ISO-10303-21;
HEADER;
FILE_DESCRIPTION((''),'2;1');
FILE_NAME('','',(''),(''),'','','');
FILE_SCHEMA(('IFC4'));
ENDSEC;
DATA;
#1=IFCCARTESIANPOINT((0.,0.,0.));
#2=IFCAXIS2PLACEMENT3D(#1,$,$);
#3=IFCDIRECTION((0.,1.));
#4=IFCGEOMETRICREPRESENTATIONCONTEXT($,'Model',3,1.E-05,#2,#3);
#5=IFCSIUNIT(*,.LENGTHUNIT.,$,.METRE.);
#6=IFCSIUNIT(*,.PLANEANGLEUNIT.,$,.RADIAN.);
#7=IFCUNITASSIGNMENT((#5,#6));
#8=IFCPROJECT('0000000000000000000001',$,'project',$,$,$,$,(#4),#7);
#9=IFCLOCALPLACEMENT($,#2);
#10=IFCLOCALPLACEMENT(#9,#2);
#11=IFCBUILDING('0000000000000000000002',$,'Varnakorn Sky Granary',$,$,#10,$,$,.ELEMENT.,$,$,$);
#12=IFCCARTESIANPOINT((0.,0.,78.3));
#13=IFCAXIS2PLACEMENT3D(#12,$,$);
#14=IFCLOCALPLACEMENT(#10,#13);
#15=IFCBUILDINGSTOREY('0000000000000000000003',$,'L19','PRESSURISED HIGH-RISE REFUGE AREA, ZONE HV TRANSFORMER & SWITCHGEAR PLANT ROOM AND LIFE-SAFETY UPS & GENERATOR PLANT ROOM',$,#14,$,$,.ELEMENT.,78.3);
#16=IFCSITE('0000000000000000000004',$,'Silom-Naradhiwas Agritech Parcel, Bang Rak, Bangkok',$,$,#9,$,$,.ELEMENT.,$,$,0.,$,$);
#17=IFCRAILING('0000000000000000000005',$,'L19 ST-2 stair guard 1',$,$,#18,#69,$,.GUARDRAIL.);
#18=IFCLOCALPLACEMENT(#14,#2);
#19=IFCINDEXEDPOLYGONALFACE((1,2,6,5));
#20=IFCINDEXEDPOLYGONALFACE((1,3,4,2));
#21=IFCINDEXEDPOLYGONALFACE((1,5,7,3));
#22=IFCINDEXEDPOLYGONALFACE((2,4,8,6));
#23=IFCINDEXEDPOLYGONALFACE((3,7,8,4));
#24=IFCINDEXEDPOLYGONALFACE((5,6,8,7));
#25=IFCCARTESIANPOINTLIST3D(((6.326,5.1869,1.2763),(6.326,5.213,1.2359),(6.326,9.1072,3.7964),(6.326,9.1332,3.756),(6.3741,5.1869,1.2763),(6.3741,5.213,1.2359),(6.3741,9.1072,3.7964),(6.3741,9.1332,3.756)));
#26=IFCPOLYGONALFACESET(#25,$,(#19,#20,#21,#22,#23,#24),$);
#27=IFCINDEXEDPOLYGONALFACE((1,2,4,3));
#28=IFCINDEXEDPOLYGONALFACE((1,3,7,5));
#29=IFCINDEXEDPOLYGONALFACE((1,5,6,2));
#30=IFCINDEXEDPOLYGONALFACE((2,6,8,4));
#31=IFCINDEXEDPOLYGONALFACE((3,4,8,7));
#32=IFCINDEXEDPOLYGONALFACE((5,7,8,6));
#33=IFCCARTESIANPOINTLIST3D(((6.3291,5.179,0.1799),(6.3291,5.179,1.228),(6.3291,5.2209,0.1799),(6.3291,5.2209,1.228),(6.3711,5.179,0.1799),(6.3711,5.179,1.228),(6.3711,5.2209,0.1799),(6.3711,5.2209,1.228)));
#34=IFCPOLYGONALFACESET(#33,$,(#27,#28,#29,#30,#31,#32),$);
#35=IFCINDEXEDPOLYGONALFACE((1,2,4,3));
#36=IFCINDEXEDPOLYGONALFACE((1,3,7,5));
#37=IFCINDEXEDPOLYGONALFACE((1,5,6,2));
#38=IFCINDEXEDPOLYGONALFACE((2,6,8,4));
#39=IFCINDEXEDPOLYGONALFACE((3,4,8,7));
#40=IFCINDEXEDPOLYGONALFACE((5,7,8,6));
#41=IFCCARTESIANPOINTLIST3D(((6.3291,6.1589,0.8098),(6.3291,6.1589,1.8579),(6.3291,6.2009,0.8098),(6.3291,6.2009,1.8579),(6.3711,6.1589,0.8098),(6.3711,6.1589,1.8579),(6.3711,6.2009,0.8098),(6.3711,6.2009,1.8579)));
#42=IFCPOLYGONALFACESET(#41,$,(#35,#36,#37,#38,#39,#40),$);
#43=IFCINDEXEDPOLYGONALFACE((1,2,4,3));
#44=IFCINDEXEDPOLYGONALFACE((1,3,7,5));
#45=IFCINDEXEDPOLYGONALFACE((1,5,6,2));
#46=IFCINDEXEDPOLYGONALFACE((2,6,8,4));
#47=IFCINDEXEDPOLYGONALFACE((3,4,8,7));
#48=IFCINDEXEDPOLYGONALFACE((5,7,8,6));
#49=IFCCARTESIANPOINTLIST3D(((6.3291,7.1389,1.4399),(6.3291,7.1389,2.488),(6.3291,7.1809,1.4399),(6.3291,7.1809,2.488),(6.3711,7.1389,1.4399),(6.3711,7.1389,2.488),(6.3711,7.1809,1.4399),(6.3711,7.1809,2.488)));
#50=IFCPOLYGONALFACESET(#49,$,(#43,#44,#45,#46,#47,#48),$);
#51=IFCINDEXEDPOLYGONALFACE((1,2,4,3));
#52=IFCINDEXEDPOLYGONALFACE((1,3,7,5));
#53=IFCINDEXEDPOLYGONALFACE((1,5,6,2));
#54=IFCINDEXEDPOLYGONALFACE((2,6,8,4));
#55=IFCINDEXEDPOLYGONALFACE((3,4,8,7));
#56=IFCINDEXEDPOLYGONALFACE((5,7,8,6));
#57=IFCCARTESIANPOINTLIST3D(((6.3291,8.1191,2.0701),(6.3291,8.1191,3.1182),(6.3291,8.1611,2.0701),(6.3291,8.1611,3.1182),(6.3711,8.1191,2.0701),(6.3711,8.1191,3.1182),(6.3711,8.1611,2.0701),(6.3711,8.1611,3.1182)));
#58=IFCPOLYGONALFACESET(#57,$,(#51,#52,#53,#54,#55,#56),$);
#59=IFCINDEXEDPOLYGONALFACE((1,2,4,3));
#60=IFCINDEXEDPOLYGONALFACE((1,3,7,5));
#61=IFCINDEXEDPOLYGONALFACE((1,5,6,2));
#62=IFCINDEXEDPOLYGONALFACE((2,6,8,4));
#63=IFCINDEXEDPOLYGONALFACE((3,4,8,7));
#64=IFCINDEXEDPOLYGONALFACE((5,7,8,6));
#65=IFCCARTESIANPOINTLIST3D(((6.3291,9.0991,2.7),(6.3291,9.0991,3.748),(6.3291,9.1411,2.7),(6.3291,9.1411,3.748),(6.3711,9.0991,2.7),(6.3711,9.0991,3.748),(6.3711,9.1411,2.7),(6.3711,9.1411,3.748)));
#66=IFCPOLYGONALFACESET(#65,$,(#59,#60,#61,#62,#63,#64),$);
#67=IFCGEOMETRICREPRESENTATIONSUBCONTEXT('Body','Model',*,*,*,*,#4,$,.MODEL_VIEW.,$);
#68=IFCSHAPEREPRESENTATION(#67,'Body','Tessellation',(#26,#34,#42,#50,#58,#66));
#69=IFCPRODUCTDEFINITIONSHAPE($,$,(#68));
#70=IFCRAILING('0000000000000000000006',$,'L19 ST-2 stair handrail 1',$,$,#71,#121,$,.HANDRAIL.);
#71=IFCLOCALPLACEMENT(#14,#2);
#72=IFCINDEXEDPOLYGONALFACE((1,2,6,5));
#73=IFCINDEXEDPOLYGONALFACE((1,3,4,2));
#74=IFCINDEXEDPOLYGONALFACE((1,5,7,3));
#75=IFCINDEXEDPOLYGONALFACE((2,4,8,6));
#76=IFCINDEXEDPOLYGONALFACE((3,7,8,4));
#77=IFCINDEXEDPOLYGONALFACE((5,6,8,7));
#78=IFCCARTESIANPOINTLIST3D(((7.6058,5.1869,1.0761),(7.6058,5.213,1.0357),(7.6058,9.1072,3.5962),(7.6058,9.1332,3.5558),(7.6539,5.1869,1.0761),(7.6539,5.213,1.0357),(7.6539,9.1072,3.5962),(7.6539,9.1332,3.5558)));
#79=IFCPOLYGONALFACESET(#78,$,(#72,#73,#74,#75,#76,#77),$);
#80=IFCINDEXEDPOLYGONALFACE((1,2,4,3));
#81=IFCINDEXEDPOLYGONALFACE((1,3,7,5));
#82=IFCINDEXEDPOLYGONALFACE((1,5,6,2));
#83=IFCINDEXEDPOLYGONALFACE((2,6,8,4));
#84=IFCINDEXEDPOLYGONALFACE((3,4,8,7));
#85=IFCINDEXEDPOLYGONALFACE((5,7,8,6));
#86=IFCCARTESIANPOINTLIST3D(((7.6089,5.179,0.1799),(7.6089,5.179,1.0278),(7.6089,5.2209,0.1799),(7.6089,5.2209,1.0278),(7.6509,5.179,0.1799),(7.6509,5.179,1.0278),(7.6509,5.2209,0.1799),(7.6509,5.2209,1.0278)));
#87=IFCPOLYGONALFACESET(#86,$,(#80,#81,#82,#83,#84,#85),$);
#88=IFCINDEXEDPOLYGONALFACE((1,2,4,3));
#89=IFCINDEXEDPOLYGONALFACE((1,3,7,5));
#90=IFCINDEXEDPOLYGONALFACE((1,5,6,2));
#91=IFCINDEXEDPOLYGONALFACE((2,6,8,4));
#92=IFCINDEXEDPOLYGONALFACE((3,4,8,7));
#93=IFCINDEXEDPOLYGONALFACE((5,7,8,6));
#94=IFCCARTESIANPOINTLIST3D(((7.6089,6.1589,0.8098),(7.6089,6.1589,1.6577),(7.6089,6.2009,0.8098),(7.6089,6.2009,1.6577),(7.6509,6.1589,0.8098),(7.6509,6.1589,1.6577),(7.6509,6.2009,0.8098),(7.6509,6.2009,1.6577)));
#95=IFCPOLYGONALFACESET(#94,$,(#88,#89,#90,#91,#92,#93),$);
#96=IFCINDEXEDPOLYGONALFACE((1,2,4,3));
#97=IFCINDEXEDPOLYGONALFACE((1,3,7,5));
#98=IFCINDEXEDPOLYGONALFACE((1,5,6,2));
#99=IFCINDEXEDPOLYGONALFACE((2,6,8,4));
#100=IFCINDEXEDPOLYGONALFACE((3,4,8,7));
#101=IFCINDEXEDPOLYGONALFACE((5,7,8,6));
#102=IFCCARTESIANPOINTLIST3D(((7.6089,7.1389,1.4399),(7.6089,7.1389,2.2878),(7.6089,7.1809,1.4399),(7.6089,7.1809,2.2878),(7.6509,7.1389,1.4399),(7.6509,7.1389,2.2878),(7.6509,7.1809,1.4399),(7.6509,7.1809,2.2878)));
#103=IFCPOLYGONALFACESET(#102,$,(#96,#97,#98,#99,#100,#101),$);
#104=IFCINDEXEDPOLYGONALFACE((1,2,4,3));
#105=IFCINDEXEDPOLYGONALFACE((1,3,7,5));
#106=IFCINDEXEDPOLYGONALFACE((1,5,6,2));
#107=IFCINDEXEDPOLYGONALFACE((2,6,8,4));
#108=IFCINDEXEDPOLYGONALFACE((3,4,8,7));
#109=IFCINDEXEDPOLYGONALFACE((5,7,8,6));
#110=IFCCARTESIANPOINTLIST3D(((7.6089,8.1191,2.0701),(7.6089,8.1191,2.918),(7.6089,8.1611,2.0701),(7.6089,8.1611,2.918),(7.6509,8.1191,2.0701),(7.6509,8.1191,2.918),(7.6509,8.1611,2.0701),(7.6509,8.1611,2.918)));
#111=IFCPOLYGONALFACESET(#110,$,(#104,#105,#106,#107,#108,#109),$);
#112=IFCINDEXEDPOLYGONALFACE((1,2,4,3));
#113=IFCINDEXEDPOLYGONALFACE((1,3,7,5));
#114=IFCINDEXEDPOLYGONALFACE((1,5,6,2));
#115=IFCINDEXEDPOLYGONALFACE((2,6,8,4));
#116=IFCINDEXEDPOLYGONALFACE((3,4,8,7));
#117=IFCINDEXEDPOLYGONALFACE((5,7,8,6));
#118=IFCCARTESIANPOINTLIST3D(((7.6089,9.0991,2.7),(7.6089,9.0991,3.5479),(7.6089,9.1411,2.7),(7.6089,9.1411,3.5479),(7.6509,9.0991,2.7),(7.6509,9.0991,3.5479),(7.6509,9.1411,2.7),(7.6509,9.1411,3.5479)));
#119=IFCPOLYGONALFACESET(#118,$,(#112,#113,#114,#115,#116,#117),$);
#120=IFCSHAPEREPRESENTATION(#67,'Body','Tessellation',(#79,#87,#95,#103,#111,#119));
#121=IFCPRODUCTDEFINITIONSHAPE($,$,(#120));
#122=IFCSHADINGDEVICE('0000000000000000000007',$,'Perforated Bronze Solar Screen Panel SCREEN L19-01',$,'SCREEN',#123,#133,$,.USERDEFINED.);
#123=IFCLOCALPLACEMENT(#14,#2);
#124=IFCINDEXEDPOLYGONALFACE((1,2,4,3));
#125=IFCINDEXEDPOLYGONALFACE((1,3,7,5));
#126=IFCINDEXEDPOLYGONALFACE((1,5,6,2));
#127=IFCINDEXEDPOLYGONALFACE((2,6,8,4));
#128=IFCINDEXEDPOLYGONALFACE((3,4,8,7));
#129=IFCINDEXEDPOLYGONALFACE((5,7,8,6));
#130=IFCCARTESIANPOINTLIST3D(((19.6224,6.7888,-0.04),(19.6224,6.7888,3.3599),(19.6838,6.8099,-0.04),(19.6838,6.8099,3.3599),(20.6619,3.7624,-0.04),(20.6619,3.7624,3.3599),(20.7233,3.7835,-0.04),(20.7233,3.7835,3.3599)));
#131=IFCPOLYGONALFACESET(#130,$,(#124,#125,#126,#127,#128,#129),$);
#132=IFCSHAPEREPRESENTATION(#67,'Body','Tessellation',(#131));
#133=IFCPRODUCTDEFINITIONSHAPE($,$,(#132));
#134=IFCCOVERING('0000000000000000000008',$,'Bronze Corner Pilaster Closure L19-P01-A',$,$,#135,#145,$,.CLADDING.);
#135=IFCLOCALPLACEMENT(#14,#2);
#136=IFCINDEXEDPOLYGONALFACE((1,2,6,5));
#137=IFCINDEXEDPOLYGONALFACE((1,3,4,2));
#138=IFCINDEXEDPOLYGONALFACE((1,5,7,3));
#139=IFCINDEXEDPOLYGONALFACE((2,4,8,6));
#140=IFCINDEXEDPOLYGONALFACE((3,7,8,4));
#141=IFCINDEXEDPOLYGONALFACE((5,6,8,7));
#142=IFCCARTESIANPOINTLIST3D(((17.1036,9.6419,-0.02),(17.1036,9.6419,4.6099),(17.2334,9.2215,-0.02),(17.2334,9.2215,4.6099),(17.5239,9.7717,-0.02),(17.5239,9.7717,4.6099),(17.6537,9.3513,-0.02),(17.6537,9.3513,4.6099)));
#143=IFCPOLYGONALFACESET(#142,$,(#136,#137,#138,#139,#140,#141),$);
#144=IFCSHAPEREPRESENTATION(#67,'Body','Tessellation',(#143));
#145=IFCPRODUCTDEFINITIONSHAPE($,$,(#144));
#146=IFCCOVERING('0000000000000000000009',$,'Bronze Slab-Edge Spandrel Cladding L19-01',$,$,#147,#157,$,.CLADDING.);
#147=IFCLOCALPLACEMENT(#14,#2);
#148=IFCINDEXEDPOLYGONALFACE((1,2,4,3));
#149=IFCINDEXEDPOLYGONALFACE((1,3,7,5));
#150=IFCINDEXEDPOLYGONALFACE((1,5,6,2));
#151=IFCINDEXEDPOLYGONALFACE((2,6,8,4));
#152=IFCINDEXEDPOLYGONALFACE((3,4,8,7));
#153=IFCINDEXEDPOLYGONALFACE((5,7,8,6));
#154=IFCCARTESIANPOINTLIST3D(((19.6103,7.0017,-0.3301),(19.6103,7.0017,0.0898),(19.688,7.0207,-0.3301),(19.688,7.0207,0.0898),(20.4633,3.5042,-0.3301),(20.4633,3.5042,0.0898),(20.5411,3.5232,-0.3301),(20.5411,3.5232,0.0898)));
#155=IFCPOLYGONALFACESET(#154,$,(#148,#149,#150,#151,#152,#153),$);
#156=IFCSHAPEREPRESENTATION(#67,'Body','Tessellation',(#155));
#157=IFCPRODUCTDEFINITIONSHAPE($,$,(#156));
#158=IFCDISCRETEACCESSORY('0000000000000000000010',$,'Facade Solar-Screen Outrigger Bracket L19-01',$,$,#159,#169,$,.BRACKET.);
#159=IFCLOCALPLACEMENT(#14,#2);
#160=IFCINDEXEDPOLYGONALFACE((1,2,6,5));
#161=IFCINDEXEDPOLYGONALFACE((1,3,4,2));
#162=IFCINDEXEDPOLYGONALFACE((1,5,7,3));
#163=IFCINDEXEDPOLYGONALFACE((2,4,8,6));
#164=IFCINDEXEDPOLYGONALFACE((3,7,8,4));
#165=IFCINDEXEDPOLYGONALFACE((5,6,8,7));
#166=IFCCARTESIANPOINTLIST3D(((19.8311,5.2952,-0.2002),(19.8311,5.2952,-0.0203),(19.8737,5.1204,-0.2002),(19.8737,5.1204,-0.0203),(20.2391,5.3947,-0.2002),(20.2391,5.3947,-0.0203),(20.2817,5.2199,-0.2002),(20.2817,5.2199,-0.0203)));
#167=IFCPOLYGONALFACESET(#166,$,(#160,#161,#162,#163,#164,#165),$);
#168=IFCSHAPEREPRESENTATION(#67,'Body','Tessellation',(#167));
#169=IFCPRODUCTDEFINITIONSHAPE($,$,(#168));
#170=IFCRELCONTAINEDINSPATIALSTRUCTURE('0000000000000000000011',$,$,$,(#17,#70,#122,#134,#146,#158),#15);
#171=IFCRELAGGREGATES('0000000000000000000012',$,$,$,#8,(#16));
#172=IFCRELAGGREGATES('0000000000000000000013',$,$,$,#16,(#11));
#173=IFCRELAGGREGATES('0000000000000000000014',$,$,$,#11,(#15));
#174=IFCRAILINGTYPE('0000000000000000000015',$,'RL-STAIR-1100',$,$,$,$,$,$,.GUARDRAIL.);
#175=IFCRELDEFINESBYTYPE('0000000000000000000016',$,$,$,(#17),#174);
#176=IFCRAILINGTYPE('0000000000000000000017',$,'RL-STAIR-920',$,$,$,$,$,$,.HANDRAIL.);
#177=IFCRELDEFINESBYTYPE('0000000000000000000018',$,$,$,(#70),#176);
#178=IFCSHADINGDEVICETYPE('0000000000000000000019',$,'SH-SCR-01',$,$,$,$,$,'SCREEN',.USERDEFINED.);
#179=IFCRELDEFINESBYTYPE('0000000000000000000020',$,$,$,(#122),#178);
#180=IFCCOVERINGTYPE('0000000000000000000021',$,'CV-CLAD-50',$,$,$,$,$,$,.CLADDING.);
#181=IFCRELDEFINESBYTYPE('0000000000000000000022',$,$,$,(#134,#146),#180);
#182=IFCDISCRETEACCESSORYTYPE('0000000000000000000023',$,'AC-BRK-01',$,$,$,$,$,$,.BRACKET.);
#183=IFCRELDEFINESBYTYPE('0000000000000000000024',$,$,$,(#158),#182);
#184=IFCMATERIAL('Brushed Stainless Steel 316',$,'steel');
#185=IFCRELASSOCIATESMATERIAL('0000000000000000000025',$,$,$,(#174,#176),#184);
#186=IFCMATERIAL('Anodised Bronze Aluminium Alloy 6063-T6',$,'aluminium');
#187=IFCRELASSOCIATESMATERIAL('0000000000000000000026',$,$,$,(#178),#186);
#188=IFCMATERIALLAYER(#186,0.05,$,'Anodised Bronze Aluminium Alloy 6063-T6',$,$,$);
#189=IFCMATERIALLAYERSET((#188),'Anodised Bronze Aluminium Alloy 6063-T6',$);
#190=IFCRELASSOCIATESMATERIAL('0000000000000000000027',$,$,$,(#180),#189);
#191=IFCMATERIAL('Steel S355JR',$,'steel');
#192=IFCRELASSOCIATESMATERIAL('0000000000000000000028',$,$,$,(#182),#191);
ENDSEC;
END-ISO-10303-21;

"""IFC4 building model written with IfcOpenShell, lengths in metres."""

from ifc_helpers import new_model, si_unit, direction, frame, origin, origin_2d, place, context, subcontext, project, spatial, rectangle, extrude, source, transform, mapped, material, layer, layer_set, type_object, type_shapes, element, save


model = new_model("IFC4")

# Units and contexts
model_context = context("Model", 3, precision=1e-05, world=origin(), true_north=direction((0.0, 1.0)))
body_context = subcontext(model_context, "Body", "Model", "MODEL_VIEW")
ifc_project = project(units=[si_unit("LENGTHUNIT", "METRE"), si_unit("PLANEANGLEUNIT", "RADIAN")], contexts=[model_context])

# Site, building, storey
site_placement = place(None, origin())
site = spatial("IfcSite", under=ifc_project, at=site_placement, Name="Silom-Naradhiwas Agritech Parcel, Bang Rak, Bangkok", CompositionType="ELEMENT", RefElevation=0.0)
building_placement = place(site_placement, origin())
building = spatial("IfcBuilding", under=site, at=building_placement, Name="Varnakorn Sky Granary", CompositionType="ELEMENT")
storey_placement = place(building_placement, frame((0.0, 0.0, 78.3)))
storey = spatial("IfcBuildingStorey", under=building, at=storey_placement, Name="L19", Description="PRESSURISED HIGH-RISE REFUGE AREA, ZONE HV TRANSFORMER & SWITCHGEAR PLANT ROOM AND LIFE-SAFETY UPS & GENERATOR PLANT ROOM", CompositionType="ELEMENT", Elevation=78.3)

# Railings
ifc_material_1 = material(Name="Brushed Stainless Steel 316", Category="steel")
railing_type_1 = type_object("IfcRailingType", Name="RL-STAIR-1100", PredefinedType="GUARDRAIL", material=ifc_material_1)
railing_1_placement = place(storey_placement, frame((6.3501, 5.2, 0.1799)))
element("IfcRailing", 1, at=railing_1_placement, inside=storey, type_object=railing_type_1, Name="L19 ST-2 stair guard 1", PredefinedType="GUARDRAIL", context=body_context, shape_type="SweptSolid", body=[
    extrude(rectangle(XDim=0.0481, YDim=0.0481, at=origin_2d()), frame((0.0, 0.0, 1.0762), z_axis=(0.0, 0.841187, 0.540744), x_axis=(-1.0, 0.0, 0.0)), (0.0, 0.0, 1.0), 4.6604),
    extrude(rectangle(XDim=0.042, YDim=0.042, at=origin_2d()), origin(), (0.0, 0.0, 1.0), 1.0481),
    extrude(rectangle(XDim=0.042, YDim=0.042, at=origin_2d()), frame((0.0, 0.98, 0.6299)), (0.0, 0.0, 1.0), 1.0481),
    extrude(rectangle(XDim=0.042, YDim=0.042, at=origin_2d()), frame((0.0, 1.96, 1.26)), (0.0, 0.0, 1.0), 1.0481),
    extrude(rectangle(XDim=0.042, YDim=0.042, at=origin_2d()), frame((0.0, 2.9402, 1.8901)), (0.0, 0.0, 1.0), 1.0481),
    extrude(rectangle(XDim=0.042, YDim=0.042, at=origin_2d()), frame((0.0, 3.9202, 2.52)), (0.0, 0.0, 1.0), 1.0481),
])
railing_type_2 = type_object("IfcRailingType", Name="RL-STAIR-920", PredefinedType="HANDRAIL", material=ifc_material_1)
railing_2_placement = place(storey_placement, frame((7.6299, 5.2, 0.1799)))
element("IfcRailing", 2, at=railing_2_placement, inside=storey, type_object=railing_type_2, Name="L19 ST-2 stair handrail 1", PredefinedType="HANDRAIL", context=body_context, shape_type="SweptSolid", body=[
    extrude(rectangle(XDim=0.0481, YDim=0.0481, at=origin_2d()), frame((0.0, 0.0, 0.876), z_axis=(0.0, 0.841187, 0.540744), x_axis=(-1.0, 0.0, 0.0)), (0.0, 0.0, 1.0), 4.6604),
    extrude(rectangle(XDim=0.042, YDim=0.042, at=origin_2d()), origin(), (0.0, 0.0, 1.0), 0.8479),
    extrude(rectangle(XDim=0.042, YDim=0.042, at=origin_2d()), frame((0.0, 0.98, 0.6299)), (0.0, 0.0, 1.0), 0.8479),
    extrude(rectangle(XDim=0.042, YDim=0.042, at=origin_2d()), frame((0.0, 1.96, 1.26)), (0.0, 0.0, 1.0), 0.8479),
    extrude(rectangle(XDim=0.042, YDim=0.042, at=origin_2d()), frame((0.0, 2.9402, 1.8901)), (0.0, 0.0, 1.0), 0.8479),
    extrude(rectangle(XDim=0.042, YDim=0.042, at=origin_2d()), frame((0.0, 3.9202, 2.52)), (0.0, 0.0, 1.0), 0.8479),
])

# Shading device
ifc_material_2 = material(Name="Anodised Bronze Aluminium Alloy 6063-T6", Category="aluminium")
shading_device_type = type_object("IfcShadingDeviceType", Name="SH-SCR-01", ElementType="SCREEN", PredefinedType="USERDEFINED", material=ifc_material_2)
shared_shape_1 = source(origin(), body_context, "Body", "SweptSolid", [
    extrude(rectangle(XDim=3.2, YDim=0.0649, at=origin_2d()), origin(), (0.0, 0.0, 1.0), 3.3999),
])
type_shapes(shading_device_type, [shared_shape_1])
shading_device_placement = place(storey_placement, frame((20.1729, 5.2861, -0.04), z_axis=(0.0, 0.0, 1.0), x_axis=(-0.324858, 0.945763, 0.0)))
element("IfcShadingDevice", 3, at=shading_device_placement, inside=storey, type_object=shading_device_type, Name="Perforated Bronze Solar Screen Panel SCREEN L19-01", ObjectType="SCREEN", PredefinedType="USERDEFINED", context=body_context, shape_type="MappedRepresentation", body=[
    mapped(shared_shape_1, transform((0.0, 0.0, 0.0), x_axis=(1.0, 0.0, 0.0), y_axis=(0.0, 1.0, 0.0), z_axis=(0.0, 0.0, 1.0), scale=1.0)),
])

# Coverings
ifc_layer_1 = layer(ifc_material_2, 0.05, Name="Anodised Bronze Aluminium Alloy 6063-T6")
ifc_layer_set_1 = layer_set([ifc_layer_1], Name="Anodised Bronze Aluminium Alloy 6063-T6")
covering_type = type_object("IfcCoveringType", Name="CV-CLAD-50", PredefinedType="CLADDING", material=ifc_layer_set_1)
shared_shape_2 = source(origin(), body_context, "Body", "SweptSolid", [
    extrude(rectangle(XDim=0.4399, YDim=0.4399, at=origin_2d()), origin(), (0.0, 0.0, 1.0), 4.6299),
])
covering_1_placement = place(storey_placement, frame((17.3787, 9.4966, -0.02), z_axis=(0.0, 0.0, 1.0), x_axis=(0.295041, -0.955485, 0.0)))
element("IfcCovering", 4, at=covering_1_placement, inside=storey, type_object=covering_type, Name="Bronze Corner Pilaster Closure L19-P01-A", PredefinedType="CLADDING", context=body_context, shape_type="MappedRepresentation", body=[
    mapped(shared_shape_2, transform((0.0, 0.0, 0.0), x_axis=(1.0, 0.0, 0.0), y_axis=(0.0, 1.0, 0.0), z_axis=(0.0, 0.0, 1.0), scale=1.0)),
])
shared_shape_3 = source(origin(), body_context, "Body", "SweptSolid", [
    extrude(rectangle(XDim=3.6001, YDim=0.0801, at=origin_2d()), origin(), (0.0, 0.0, 1.0), 0.4199),
])
type_shapes(covering_type, [shared_shape_2, shared_shape_3])
covering_2_placement = place(storey_placement, frame((20.0757, 5.2625, -0.3301), z_axis=(0.0, 0.0, 1.0), x_axis=(-0.236956, 0.97152, 0.0)))
element("IfcCovering", 5, at=covering_2_placement, inside=storey, type_object=covering_type, Name="Bronze Slab-Edge Spandrel Cladding L19-01", PredefinedType="CLADDING", context=body_context, shape_type="MappedRepresentation", body=[
    mapped(shared_shape_3, transform((0.0, 0.0, 0.0), x_axis=(1.0, 0.0, 0.0), y_axis=(0.0, 1.0, 0.0), z_axis=(0.0, 0.0, 1.0), scale=1.0)),
])

# Discrete accessory
ifc_material_3 = material(Name="Steel S355JR", Category="steel")
discrete_accessory_type = type_object("IfcDiscreteAccessoryType", Name="AC-BRK-01", PredefinedType="BRACKET", material=ifc_material_3)
shared_shape_4 = source(origin(), body_context, "Body", "SweptSolid", [
    extrude(rectangle(XDim=0.1799, YDim=0.4199, at=origin_2d()), origin(), (0.0, 0.0, 1.0), 0.1799),
])
type_shapes(discrete_accessory_type, [shared_shape_4])
discrete_accessory_placement = place(storey_placement, frame((20.0564, 5.2576, -0.2002), z_axis=(0.0, 0.0, 1.0), x_axis=(-0.236956, 0.97152, 0.0)))
element("IfcDiscreteAccessory", 6, at=discrete_accessory_placement, inside=storey, type_object=discrete_accessory_type, Name="Facade Solar-Screen Outrigger Bracket L19-01", PredefinedType="BRACKET", context=body_context, shape_type="MappedRepresentation", body=[
    mapped(shared_shape_4, transform((0.0, 0.0, 0.0), x_axis=(1.0, 0.0, 0.0), y_axis=(0.0, 1.0, 0.0), z_axis=(0.0, 0.0, 1.0), scale=1.0)),
])

save(model, "model.ifc")
